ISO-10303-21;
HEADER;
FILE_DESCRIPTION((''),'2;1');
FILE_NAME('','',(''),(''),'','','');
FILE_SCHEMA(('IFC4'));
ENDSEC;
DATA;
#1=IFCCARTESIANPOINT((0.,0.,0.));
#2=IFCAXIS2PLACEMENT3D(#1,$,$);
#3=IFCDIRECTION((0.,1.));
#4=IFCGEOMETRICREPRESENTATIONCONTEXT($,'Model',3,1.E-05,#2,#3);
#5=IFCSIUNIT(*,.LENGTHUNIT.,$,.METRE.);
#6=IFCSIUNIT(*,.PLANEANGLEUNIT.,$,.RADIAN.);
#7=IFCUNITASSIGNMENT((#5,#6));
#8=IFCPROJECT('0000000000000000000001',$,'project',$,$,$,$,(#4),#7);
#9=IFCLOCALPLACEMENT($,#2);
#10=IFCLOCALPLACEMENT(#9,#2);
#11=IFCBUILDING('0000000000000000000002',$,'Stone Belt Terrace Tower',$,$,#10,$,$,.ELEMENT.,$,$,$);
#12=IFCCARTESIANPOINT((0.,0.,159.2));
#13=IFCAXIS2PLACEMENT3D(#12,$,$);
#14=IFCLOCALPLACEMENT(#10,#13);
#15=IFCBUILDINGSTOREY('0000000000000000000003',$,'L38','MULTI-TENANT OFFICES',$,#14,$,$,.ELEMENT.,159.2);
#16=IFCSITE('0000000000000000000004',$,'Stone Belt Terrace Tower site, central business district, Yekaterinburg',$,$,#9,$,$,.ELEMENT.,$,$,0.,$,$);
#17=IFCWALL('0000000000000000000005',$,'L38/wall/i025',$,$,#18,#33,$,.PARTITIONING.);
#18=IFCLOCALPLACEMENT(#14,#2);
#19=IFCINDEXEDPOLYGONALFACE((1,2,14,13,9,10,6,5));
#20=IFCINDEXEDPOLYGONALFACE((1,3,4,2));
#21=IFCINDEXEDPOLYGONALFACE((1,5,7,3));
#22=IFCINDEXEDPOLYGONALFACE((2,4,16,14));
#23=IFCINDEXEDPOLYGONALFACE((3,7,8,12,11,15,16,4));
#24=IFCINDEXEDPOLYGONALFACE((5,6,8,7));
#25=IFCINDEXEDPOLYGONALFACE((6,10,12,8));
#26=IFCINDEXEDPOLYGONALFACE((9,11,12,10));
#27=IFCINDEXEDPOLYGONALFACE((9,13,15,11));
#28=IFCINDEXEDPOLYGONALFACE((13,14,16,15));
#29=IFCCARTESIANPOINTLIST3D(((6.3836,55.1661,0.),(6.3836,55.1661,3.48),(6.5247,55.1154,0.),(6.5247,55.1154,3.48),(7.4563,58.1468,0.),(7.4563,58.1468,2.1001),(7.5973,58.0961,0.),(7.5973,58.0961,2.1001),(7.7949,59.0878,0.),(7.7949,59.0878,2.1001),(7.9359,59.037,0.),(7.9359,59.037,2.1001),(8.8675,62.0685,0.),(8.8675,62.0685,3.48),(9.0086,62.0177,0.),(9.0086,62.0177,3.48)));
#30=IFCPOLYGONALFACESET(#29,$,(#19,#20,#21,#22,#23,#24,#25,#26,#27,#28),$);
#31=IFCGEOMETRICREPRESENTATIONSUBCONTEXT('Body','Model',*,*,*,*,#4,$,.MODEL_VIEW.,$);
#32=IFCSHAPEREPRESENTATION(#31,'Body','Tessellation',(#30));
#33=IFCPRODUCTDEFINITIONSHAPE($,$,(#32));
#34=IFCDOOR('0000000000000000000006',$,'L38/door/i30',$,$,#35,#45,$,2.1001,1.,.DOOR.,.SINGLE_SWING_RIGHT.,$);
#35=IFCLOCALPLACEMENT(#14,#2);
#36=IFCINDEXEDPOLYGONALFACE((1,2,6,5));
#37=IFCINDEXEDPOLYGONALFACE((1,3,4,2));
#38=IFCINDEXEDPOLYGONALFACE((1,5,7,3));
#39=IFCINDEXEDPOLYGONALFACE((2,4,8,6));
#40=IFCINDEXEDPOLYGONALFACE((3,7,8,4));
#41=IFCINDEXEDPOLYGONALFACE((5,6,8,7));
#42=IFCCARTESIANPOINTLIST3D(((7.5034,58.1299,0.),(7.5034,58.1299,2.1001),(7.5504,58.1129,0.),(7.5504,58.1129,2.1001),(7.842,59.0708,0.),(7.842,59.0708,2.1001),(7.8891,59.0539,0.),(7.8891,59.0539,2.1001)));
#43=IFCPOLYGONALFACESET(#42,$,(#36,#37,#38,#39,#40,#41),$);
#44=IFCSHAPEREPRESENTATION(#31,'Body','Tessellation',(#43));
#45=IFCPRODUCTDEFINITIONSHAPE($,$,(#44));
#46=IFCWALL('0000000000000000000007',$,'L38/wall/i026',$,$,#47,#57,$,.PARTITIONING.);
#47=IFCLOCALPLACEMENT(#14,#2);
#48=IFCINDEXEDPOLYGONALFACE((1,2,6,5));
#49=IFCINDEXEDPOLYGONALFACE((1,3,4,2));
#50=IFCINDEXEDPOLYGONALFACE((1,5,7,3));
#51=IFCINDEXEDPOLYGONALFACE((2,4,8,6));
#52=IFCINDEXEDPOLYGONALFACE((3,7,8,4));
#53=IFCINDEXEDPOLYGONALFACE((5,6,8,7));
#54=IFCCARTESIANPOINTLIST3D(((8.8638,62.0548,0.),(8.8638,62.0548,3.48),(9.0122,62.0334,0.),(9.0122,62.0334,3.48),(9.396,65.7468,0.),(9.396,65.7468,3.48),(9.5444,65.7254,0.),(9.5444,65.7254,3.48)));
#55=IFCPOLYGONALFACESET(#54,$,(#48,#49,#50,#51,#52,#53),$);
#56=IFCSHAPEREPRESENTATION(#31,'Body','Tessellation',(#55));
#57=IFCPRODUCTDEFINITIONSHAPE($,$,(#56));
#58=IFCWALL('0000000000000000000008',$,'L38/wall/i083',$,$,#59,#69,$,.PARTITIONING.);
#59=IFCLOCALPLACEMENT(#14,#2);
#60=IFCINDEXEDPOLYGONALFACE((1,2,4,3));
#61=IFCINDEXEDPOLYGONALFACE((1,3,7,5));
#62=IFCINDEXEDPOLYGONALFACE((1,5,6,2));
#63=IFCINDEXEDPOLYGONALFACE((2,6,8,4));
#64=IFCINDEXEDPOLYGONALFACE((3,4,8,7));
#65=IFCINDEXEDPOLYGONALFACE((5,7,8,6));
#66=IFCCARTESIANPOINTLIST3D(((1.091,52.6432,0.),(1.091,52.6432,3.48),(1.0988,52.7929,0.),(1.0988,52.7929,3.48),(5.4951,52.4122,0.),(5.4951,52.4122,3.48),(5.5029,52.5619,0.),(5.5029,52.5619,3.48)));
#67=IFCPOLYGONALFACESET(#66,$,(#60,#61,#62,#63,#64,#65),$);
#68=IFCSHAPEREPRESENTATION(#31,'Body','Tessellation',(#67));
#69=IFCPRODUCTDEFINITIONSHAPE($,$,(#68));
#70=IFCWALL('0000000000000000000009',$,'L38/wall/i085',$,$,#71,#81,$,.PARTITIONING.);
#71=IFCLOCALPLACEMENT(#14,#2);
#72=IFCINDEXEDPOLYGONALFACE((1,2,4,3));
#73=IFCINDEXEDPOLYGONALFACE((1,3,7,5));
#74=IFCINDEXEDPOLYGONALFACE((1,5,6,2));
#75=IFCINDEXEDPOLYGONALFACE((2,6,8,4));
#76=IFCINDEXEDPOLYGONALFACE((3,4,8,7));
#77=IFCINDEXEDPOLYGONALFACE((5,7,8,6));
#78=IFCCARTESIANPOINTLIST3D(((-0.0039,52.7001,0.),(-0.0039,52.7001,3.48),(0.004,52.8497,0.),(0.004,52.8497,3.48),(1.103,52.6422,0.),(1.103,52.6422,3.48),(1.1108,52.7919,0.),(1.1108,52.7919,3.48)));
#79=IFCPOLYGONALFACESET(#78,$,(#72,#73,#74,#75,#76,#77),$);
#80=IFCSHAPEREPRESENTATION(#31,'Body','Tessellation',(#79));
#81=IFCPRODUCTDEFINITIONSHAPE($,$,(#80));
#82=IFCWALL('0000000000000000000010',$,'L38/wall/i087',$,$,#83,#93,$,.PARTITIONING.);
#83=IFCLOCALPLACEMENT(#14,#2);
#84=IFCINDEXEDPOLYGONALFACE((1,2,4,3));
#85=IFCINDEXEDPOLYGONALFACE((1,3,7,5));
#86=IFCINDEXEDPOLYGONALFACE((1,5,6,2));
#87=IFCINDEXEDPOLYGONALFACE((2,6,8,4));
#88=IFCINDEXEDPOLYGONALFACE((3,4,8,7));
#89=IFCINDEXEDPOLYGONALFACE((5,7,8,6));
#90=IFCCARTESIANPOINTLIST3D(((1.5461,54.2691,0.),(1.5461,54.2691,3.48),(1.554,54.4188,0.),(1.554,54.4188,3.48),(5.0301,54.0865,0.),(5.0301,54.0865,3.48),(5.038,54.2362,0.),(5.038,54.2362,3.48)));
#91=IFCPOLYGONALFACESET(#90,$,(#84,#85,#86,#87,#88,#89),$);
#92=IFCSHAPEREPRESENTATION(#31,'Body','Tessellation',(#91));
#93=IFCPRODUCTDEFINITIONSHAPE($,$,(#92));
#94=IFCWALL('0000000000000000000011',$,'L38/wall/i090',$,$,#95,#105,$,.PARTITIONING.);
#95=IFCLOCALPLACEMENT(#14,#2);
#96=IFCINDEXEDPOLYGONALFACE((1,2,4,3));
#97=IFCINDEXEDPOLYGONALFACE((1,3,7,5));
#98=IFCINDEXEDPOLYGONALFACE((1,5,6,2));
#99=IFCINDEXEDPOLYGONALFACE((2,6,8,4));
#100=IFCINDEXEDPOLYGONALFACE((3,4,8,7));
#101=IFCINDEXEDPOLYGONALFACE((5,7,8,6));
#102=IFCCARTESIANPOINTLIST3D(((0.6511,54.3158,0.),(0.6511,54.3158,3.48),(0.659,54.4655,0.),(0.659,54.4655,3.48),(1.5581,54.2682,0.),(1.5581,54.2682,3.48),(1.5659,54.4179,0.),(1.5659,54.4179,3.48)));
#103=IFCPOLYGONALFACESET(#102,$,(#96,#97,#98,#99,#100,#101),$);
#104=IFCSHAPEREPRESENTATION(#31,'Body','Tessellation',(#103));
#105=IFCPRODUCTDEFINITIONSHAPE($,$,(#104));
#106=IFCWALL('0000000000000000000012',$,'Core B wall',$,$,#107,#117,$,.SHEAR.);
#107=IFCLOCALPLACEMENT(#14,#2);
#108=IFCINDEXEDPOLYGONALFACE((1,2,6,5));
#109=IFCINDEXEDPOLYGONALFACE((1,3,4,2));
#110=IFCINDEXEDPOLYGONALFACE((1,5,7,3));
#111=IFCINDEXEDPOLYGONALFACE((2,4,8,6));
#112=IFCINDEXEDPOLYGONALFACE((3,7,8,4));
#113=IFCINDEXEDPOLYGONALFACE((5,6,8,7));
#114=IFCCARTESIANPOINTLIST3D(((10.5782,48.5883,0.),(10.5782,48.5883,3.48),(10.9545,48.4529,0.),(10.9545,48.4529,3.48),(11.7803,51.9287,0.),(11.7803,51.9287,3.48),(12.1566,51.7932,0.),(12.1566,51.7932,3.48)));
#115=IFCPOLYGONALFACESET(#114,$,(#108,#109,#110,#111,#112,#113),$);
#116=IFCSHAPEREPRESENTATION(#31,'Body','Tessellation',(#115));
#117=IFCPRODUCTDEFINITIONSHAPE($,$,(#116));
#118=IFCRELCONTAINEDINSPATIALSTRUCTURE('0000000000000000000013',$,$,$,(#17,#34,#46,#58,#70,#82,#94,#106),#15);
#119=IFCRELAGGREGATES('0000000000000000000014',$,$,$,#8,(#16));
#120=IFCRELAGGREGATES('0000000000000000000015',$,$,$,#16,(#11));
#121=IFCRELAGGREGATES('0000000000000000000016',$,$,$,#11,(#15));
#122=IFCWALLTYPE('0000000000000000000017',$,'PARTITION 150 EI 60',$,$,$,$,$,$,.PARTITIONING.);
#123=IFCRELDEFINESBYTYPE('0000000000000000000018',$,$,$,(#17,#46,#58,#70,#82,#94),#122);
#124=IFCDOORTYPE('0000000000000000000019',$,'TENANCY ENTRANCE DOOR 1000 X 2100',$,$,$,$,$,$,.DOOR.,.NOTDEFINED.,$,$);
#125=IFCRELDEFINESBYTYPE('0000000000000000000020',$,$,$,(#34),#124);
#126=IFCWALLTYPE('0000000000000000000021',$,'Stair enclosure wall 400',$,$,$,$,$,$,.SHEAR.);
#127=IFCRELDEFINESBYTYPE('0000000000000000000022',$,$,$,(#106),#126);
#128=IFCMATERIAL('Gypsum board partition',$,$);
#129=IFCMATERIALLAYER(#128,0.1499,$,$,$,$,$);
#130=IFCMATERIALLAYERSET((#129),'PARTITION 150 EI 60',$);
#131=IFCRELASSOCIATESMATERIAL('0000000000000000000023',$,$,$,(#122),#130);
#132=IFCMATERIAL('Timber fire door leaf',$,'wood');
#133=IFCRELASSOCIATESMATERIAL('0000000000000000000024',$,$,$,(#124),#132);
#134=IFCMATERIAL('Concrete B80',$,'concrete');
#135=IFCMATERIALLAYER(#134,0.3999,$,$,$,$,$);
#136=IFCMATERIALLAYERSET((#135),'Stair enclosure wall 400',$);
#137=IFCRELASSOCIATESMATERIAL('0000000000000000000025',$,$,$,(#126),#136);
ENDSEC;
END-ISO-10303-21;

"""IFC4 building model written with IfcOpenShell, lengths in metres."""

from ifc_helpers import new_model, si_unit, direction, frame, frame_2d, origin, place, context, subcontext, project, spatial, rectangle, extrude, material, layer, layer_set, type_object, element, fill, save


model = new_model("IFC4")

# Units and contexts
model_context = context("Model", 3, precision=1e-05, world=origin(), true_north=direction((0.0, 1.0)))
body_context = subcontext(model_context, "Body", "Model", "MODEL_VIEW")
ifc_project = project(units=[si_unit("LENGTHUNIT", "METRE"), si_unit("PLANEANGLEUNIT", "RADIAN")], contexts=[model_context])

# Site, building, storey
site_placement = place(None, origin())
site = spatial("IfcSite", under=ifc_project, at=site_placement, Name="Stone Belt Terrace Tower site, central business district, Yekaterinburg", CompositionType="ELEMENT", RefElevation=0.0)
building_placement = place(site_placement, origin())
building = spatial("IfcBuilding", under=site, at=building_placement, Name="Stone Belt Terrace Tower", CompositionType="ELEMENT")
storey_placement = place(building_placement, frame((0.0, 0.0, 159.2)))
storey = spatial("IfcBuildingStorey", under=building, at=storey_placement, Name="L38", Description="MULTI-TENANT OFFICES", CompositionType="ELEMENT", Elevation=159.2)

# Shared definitions
ifc_material_1 = material(Name="Concrete B80", Category="concrete")

# Shared definitions
ifc_material_2 = material(Name="Gypsum board partition")

# Shared definitions
ifc_layer_1 = layer(ifc_material_2, 0.1499)
ifc_layer_set_1 = layer_set([ifc_layer_1], Name="PARTITION 150 EI 60")
wall_type_1 = type_object("IfcWallType", Name="PARTITION 150 EI 60", PredefinedType="PARTITIONING", material=ifc_layer_set_1)

# Wall, opening, door
wall_1_placement = place(storey_placement, frame((6.4541, 55.1406, 0.0), z_axis=(0.0, 0.0, 1.0), x_axis=(0.338604, 0.940929, 0.0)))
wall_1 = element("IfcWall", 1, at=wall_1_placement, inside=storey, type_object=wall_type_1, Name="L38/wall/i025", PredefinedType="PARTITIONING", context=body_context, shape_type="SweptSolid", body=[
    extrude(rectangle(XDim=7.3357, YDim=0.1499, at=frame_2d((3.668, 0.0))), origin(), (0.0, 0.0, 1.0), 3.48),
])
opening_1_placement = place(wall_1_placement, frame((3.168, 0.0, 0.0)))
opening_1 = element("IfcOpeningElement", 2, at=opening_1_placement, cuts=wall_1, PredefinedType="OPENING", context=body_context, shape_type="SweptSolid", body=[
    extrude(rectangle(XDim=1.0, YDim=2.1001, at=frame_2d((0.5, 1.05))), frame((0.0, 0.085, 0.0), z_axis=(0.0, -1.0, 0.0), x_axis=(1.0, 0.0, 0.0)), (0.0, 0.0, 1.0), 0.1699),
])
ifc_material_3 = material(Name="Timber fire door leaf", Category="wood")
door_type_1 = type_object("IfcDoorType", Name="TENANCY ENTRANCE DOOR 1000 X 2100", OperationType="NOTDEFINED", PredefinedType="DOOR", material=ifc_material_3)
door_1_placement = place(opening_1_placement, origin())
door_1 = element("IfcDoor", 3, at=door_1_placement, inside=storey, type_object=door_type_1, Name="L38/door/i30", OperationType="SINGLE_SWING_RIGHT", OverallHeight=2.1001, OverallWidth=1.0, PredefinedType="DOOR", context=body_context, shape_type="SweptSolid", body=[
    extrude(rectangle(XDim=1.0, YDim=2.1001, at=frame_2d((0.5, 1.05))), frame((0.0, 0.0249, 0.0), z_axis=(0.0, -1.0, 0.0), x_axis=(1.0, 0.0, 0.0)), (0.0, 0.0, 1.0), 0.05),
])
fill(opening_1, door_1)

# Walls
wall_2_placement = place(storey_placement, frame((8.938, 62.0439, 0.0), z_axis=(0.0, 0.0, 1.0), x_axis=(0.142677, 0.989769, 0.0)))
element("IfcWall", 4, at=wall_2_placement, inside=storey, type_object=wall_type_1, Name="L38/wall/i026", PredefinedType="PARTITIONING", context=body_context, shape_type="SweptSolid", body=[
    extrude(rectangle(XDim=3.7302, YDim=0.1499, at=frame_2d((1.8652, 0.0))), origin(), (0.0, 0.0, 1.0), 3.48),
])
wall_3_placement = place(storey_placement, frame((5.499, 52.4871, 0.0), z_axis=(0.0, 0.0, 1.0), x_axis=(-0.998628, 0.05237, 0.0)))
element("IfcWall", 5, at=wall_3_placement, inside=storey, type_object=wall_type_1, Name="L38/wall/i083", PredefinedType="PARTITIONING", context=body_context, shape_type="SweptSolid", body=[
    extrude(rectangle(XDim=4.4102, YDim=0.1499, at=frame_2d((2.2051, 0.0))), origin(), (0.0, 0.0, 1.0), 3.48),
])
wall_4_placement = place(storey_placement, frame((1.1069, 52.717, 0.0), z_axis=(0.0, 0.0, 1.0), x_axis=(-0.998637, 0.0522, 0.0)))
element("IfcWall", 6, at=wall_4_placement, inside=storey, type_object=wall_type_1, Name="L38/wall/i085", PredefinedType="PARTITIONING", context=body_context, shape_type="SweptSolid", body=[
    extrude(rectangle(XDim=1.1084, YDim=0.1499, at=frame_2d((0.5542, 0.0))), origin(), (0.0, 0.0, 1.0), 3.48),
])
wall_5_placement = place(storey_placement, frame((1.55, 54.344, 0.0), z_axis=(0.0, 0.0, 1.0), x_axis=(0.998629, -0.052346, 0.0)))
element("IfcWall", 7, at=wall_5_placement, inside=storey, type_object=wall_type_1, Name="L38/wall/i087", PredefinedType="PARTITIONING", context=body_context, shape_type="SweptSolid", body=[
    extrude(rectangle(XDim=3.4888, YDim=0.1499, at=frame_2d((1.7444, 0.0))), origin(), (0.0, 0.0, 1.0), 3.48),
])
wall_6_placement = place(storey_placement, frame((0.655, 54.3906, 0.0), z_axis=(0.0, 0.0, 1.0), x_axis=(0.998625, -0.052418, 0.0)))
element("IfcWall", 8, at=wall_6_placement, inside=storey, type_object=wall_type_1, Name="L38/wall/i090", PredefinedType="PARTITIONING", context=body_context, shape_type="SweptSolid", body=[
    extrude(rectangle(XDim=0.9082, YDim=0.1499, at=frame_2d((0.4541, 0.0))), origin(), (0.0, 0.0, 1.0), 3.48),
])
ifc_layer_2 = layer(ifc_material_1, 0.3999)
ifc_layer_set_2 = layer_set([ifc_layer_2], Name="Stair enclosure wall 400")
wall_type_2 = type_object("IfcWallType", Name="Stair enclosure wall 400", PredefinedType="SHEAR", material=ifc_layer_set_2)
wall_7_placement = place(storey_placement, frame((10.7664, 48.5208, 0.0), z_axis=(0.0, 0.0, 1.0), x_axis=(0.338627, 0.940921, 0.0)))
element("IfcWall", 9, at=wall_7_placement, inside=storey, type_object=wall_type_2, Name="Core B wall", PredefinedType="SHEAR", context=body_context, shape_type="SweptSolid", body=[
    extrude(rectangle(XDim=3.55, YDim=0.3999, at=frame_2d((1.7749, 0.0))), origin(), (0.0, 0.0, 1.0), 3.48),
])

save(model, "model.ifc")
